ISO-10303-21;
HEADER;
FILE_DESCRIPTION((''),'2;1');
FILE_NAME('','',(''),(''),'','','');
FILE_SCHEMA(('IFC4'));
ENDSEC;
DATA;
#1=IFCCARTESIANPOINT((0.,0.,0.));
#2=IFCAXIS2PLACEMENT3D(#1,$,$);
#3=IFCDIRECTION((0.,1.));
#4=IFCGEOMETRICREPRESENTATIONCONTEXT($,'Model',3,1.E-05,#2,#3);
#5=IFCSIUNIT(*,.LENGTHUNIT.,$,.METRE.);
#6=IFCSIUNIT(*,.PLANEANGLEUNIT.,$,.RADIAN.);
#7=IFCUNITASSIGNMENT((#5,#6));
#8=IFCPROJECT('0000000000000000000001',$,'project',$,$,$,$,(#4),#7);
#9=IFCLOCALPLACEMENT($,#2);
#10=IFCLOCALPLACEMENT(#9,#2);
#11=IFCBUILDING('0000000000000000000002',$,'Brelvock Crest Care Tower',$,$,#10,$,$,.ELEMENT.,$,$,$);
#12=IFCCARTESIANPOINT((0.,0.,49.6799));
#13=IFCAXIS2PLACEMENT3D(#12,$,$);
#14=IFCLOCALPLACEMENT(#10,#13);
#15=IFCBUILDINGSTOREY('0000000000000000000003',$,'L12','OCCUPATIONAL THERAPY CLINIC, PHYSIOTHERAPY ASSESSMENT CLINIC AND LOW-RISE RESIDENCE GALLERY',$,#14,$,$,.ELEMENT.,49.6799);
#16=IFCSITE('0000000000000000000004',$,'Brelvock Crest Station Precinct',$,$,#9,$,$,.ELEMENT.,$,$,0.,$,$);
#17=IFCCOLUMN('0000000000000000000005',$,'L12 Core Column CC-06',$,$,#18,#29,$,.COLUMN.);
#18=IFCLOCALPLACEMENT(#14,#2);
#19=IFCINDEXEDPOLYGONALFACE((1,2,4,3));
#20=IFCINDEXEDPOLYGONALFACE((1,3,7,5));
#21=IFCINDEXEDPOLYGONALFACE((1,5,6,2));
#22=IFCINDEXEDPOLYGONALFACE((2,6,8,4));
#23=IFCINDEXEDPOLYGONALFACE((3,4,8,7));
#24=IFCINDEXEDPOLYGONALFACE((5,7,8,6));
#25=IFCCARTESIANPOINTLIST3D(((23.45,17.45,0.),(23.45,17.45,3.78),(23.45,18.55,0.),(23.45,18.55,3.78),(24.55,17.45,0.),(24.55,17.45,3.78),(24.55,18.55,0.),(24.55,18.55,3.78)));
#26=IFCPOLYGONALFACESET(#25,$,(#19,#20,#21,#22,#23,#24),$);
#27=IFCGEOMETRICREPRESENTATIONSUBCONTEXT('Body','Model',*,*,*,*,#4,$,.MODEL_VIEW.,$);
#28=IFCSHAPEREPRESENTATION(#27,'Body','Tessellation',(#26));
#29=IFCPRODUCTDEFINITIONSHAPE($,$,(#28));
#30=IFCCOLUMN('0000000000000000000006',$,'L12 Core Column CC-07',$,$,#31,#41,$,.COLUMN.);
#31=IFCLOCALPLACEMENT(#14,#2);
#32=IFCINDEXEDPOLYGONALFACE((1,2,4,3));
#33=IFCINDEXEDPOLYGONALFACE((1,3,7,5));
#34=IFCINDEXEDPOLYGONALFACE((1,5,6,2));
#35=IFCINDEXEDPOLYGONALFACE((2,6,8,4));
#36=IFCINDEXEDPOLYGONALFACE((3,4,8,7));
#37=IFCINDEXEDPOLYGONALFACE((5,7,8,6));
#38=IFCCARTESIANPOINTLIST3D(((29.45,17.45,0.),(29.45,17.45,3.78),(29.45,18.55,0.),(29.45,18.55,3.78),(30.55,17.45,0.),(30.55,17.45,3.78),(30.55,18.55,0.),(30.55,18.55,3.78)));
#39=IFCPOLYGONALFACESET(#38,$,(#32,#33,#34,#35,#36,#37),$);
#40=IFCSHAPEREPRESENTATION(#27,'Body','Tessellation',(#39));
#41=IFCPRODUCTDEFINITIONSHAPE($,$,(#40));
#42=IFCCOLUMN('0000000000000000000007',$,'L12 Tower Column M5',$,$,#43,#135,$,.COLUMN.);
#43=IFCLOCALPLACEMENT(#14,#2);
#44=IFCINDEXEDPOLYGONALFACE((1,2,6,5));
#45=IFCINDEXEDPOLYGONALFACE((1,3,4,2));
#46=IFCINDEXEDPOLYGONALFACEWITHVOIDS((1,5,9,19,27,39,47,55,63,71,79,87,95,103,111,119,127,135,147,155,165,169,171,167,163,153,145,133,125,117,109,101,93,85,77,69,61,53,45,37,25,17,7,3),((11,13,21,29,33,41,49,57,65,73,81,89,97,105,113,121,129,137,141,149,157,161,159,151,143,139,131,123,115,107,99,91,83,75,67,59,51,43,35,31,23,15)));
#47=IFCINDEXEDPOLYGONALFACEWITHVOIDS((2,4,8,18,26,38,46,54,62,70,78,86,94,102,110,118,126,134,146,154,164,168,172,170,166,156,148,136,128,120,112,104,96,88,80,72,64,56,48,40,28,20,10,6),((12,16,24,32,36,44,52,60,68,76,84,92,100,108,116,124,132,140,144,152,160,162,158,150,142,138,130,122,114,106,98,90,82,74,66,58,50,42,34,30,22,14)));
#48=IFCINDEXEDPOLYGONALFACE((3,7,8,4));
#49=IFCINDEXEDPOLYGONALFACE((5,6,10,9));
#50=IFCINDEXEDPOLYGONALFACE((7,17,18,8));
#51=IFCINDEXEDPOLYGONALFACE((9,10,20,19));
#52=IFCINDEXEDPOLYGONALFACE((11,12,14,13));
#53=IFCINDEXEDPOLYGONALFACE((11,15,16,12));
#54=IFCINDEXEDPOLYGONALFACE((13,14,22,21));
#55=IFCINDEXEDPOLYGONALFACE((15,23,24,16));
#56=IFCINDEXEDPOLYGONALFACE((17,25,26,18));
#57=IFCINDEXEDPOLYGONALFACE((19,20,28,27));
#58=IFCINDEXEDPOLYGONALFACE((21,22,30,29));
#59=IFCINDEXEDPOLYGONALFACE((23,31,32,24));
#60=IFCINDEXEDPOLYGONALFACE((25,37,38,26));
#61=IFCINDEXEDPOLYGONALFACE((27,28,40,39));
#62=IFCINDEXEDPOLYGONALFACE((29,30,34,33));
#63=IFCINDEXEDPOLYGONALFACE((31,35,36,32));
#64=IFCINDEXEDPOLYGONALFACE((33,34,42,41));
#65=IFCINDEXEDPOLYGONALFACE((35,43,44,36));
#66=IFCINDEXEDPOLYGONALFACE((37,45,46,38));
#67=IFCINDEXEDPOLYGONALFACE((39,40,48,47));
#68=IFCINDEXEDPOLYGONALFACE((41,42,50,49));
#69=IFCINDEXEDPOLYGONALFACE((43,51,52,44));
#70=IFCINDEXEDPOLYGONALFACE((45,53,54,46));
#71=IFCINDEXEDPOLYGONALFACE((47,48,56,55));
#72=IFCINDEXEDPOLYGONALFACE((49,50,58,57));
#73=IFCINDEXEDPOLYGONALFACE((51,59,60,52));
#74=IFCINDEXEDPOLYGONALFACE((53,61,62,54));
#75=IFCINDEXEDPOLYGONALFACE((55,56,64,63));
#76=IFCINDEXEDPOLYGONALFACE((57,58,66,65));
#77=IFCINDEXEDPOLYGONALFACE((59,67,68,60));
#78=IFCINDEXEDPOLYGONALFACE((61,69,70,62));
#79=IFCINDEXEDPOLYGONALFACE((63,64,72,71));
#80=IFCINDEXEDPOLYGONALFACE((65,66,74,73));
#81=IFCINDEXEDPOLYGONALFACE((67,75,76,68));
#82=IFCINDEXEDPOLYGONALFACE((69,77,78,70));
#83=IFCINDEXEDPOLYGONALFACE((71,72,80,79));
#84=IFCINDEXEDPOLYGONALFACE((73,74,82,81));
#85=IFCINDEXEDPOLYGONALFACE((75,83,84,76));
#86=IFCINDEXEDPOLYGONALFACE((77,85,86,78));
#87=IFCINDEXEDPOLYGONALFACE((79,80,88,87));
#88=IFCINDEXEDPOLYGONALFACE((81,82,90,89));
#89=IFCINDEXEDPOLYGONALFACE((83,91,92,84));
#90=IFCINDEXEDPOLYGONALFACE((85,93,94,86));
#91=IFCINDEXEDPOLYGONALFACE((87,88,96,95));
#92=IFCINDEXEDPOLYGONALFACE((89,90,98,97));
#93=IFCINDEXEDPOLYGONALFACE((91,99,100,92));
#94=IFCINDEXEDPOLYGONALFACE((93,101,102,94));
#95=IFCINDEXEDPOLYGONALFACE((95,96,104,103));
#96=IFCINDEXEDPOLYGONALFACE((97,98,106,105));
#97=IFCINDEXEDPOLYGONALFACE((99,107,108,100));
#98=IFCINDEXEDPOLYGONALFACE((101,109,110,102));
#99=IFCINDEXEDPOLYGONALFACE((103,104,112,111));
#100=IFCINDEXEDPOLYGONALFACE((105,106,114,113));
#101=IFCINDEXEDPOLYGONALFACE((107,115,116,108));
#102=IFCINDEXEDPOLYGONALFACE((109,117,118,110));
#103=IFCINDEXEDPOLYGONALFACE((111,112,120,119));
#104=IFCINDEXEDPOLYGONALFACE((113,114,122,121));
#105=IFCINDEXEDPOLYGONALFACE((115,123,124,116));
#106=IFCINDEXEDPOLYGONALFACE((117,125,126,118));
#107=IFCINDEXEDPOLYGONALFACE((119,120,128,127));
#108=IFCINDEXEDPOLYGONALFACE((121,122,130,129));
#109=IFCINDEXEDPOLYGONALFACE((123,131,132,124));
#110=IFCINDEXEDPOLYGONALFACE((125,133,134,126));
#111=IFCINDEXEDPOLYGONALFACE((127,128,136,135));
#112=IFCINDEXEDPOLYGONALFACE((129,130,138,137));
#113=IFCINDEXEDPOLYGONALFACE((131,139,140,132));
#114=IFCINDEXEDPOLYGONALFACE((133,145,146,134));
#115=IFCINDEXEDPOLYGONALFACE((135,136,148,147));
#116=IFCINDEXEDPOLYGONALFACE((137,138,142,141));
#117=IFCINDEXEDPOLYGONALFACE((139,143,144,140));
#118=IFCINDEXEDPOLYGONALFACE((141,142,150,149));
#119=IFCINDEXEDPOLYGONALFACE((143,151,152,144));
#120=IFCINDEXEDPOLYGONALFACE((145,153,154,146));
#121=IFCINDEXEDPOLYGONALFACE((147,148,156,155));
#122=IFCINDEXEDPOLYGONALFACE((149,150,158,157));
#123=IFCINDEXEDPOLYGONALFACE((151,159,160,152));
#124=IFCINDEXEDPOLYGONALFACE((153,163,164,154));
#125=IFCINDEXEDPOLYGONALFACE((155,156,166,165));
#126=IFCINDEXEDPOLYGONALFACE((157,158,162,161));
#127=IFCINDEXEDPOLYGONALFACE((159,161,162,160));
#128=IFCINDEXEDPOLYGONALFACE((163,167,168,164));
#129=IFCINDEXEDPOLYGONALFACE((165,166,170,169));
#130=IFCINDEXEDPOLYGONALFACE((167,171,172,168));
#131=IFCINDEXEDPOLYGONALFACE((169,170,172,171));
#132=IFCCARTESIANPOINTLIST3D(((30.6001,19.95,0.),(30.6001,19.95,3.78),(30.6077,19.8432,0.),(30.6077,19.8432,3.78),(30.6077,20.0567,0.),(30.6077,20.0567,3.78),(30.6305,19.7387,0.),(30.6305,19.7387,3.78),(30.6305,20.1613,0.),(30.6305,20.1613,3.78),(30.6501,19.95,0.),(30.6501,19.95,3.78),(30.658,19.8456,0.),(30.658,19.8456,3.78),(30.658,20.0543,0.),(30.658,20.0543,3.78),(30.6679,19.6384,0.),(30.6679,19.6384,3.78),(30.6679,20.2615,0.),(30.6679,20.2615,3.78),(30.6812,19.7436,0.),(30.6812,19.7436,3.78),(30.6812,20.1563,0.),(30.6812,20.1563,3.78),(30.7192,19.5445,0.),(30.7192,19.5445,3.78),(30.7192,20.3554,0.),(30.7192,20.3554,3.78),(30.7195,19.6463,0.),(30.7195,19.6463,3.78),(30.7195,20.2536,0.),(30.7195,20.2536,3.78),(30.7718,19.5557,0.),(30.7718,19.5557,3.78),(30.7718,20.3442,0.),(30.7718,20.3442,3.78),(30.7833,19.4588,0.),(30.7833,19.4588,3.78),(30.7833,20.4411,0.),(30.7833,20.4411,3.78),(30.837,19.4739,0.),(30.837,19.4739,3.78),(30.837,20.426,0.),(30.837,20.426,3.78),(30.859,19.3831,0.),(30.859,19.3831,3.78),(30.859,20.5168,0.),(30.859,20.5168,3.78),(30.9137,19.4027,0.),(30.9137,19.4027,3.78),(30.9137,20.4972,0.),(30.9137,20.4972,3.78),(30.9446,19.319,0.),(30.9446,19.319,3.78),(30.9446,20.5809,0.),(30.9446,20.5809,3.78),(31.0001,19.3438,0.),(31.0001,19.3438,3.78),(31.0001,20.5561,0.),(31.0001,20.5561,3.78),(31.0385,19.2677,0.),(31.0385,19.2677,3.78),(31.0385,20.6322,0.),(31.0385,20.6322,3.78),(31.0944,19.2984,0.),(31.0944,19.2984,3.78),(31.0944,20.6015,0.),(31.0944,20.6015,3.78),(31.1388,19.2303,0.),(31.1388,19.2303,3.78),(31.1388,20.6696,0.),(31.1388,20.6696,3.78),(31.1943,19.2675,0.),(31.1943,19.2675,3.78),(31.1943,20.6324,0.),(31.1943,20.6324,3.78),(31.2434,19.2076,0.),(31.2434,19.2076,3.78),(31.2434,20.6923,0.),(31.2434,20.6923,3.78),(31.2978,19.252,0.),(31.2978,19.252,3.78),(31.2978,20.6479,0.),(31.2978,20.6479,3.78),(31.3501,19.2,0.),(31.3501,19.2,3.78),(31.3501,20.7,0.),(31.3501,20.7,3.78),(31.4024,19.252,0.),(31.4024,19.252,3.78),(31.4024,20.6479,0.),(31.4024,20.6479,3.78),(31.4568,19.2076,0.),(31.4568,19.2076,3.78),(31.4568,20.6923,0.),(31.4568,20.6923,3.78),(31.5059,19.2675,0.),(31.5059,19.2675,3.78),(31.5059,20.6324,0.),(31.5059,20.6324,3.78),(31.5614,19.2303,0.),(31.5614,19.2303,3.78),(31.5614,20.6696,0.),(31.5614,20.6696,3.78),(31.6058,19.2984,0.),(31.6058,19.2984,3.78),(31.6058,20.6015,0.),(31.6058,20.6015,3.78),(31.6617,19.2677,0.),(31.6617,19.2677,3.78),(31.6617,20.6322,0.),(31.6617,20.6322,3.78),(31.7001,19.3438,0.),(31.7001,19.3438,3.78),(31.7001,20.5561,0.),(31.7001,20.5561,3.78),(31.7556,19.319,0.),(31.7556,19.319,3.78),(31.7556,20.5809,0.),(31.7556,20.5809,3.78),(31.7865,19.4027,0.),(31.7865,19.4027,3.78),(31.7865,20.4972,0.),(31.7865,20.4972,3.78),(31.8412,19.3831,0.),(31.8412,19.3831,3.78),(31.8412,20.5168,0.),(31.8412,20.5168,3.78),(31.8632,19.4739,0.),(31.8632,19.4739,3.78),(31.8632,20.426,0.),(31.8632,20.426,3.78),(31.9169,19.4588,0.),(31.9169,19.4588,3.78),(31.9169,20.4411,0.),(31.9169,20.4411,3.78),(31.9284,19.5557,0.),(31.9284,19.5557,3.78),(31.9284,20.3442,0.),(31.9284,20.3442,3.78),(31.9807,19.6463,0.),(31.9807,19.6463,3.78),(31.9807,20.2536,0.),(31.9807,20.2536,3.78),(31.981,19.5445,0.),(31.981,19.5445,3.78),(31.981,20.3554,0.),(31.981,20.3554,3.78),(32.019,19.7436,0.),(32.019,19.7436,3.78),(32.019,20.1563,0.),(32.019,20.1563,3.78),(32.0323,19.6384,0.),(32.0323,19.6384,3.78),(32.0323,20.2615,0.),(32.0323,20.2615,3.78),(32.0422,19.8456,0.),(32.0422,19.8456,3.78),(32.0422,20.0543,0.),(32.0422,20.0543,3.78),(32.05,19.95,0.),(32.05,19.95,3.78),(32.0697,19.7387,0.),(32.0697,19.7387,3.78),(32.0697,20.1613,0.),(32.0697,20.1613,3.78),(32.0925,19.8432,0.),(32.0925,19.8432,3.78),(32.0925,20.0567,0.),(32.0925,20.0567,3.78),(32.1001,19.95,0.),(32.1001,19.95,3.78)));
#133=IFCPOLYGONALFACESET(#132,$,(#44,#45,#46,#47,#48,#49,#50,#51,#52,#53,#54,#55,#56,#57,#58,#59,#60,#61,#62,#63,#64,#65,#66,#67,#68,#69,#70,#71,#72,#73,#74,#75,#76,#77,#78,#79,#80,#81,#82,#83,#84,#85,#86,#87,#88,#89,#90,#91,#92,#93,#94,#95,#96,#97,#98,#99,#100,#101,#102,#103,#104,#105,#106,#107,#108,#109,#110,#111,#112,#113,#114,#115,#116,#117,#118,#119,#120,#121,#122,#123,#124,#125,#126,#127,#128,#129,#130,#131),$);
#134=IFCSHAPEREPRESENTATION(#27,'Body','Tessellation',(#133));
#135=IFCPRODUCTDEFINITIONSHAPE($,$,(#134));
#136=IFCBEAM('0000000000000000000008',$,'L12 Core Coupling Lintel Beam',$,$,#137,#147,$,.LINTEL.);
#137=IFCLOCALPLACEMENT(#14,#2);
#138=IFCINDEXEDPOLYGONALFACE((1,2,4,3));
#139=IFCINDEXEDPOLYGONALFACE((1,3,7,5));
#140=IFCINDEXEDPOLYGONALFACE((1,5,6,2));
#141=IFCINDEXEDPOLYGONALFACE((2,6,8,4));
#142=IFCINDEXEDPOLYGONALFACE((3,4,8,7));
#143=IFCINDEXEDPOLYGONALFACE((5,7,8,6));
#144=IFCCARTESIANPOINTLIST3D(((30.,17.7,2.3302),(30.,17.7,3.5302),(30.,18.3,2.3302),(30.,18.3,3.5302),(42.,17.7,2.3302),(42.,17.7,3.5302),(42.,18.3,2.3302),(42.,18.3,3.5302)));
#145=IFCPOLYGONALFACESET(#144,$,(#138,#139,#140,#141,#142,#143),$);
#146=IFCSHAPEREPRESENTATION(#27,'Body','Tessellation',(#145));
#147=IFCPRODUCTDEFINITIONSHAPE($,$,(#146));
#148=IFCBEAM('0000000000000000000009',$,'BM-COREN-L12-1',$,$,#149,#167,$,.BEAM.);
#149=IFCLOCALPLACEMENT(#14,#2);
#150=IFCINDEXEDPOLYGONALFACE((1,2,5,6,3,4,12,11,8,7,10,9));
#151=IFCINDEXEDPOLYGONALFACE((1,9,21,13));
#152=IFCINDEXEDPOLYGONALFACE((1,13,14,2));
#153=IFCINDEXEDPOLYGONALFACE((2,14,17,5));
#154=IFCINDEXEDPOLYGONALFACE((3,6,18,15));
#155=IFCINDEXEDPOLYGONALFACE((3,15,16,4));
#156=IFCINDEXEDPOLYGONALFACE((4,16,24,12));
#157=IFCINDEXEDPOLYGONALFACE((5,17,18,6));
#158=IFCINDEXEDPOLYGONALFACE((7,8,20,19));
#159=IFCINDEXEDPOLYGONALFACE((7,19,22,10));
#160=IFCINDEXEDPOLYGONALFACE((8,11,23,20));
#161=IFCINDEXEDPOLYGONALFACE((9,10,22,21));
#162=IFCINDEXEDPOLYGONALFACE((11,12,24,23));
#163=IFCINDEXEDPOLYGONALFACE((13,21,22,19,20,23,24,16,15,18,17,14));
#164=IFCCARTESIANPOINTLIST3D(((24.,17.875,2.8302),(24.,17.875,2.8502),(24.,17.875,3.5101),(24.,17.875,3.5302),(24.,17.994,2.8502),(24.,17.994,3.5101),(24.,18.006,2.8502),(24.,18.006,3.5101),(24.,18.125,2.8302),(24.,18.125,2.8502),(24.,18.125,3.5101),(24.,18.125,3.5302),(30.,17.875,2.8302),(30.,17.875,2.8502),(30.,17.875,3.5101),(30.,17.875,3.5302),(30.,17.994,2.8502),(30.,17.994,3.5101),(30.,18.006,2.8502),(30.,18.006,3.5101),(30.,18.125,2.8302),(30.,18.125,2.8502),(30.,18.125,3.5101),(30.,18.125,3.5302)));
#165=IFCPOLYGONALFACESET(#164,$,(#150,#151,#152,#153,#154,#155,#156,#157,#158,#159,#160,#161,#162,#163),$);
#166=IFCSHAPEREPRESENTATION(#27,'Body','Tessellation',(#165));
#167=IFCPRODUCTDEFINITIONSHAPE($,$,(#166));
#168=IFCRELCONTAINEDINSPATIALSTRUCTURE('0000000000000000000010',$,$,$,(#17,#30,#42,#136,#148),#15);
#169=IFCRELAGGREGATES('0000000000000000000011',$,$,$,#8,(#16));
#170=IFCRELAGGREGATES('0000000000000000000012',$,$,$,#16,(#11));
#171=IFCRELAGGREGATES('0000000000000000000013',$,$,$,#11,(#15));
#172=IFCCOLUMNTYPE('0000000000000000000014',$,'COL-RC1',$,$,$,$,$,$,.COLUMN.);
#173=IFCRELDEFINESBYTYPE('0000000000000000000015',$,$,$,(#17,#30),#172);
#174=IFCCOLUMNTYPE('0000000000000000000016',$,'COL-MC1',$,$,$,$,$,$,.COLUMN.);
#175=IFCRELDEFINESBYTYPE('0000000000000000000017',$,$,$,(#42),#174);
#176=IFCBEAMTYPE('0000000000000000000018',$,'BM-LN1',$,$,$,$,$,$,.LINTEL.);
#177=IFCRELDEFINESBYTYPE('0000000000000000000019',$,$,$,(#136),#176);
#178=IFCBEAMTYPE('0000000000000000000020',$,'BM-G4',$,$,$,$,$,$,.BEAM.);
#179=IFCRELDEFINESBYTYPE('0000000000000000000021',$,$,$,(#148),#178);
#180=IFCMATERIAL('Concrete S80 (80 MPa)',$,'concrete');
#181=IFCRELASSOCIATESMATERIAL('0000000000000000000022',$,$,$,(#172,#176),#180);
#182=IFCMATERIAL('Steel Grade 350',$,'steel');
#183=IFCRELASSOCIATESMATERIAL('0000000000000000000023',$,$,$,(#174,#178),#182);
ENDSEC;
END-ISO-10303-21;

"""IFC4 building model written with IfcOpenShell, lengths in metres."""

from ifc_helpers import new_model, si_unit, direction, frame, origin, origin_2d, place, context, subcontext, project, spatial, rectangle, hollow_circle, i_section, extrude, source, transform, mapped, material, material_profile, profile_set, type_object, element, save


model = new_model("IFC4")

# Units and contexts
model_context = context("Model", 3, precision=1e-05, world=origin(), true_north=direction((0.0, 1.0)))
body_context = subcontext(model_context, "Body", "Model", "MODEL_VIEW")
ifc_project = project(units=[si_unit("LENGTHUNIT", "METRE"), si_unit("PLANEANGLEUNIT", "RADIAN")], contexts=[model_context])

# Site, building, storey
site_placement = place(None, origin())
site = spatial("IfcSite", under=ifc_project, at=site_placement, Name="Brelvock Crest Station Precinct", CompositionType="ELEMENT", RefElevation=0.0)
building_placement = place(site_placement, origin())
building = spatial("IfcBuilding", under=site, at=building_placement, Name="Brelvock Crest Care Tower", CompositionType="ELEMENT")
storey_placement = place(building_placement, frame((0.0, 0.0, 49.6799)))
storey = spatial("IfcBuildingStorey", under=building, at=storey_placement, Name="L12", Description="OCCUPATIONAL THERAPY CLINIC, PHYSIOTHERAPY ASSESSMENT CLINIC AND LOW-RISE RESIDENCE GALLERY", CompositionType="ELEMENT", Elevation=49.6799)

# Columns
ifc_material_1 = material(Name="Concrete S80 (80 MPa)", Category="concrete")
ifc_material_profile_1 = material_profile(ifc_material_1, rectangle(XDim=1.1001, YDim=1.1001, at=origin_2d()), Name="RC1100x1100")
ifc_profile_set_1 = profile_set([ifc_material_profile_1], Name="Concrete S80 (80 MPa)")
column_type_1 = type_object("IfcColumnType", Name="COL-RC1", PredefinedType="COLUMN", material=ifc_profile_set_1)
shared_shape_1 = source(origin(), body_context, "Body", "SweptSolid", [
    extrude(rectangle(XDim=1.1001, YDim=1.1001, at=origin_2d()), origin(), (0.0, 0.0, 1.0), 3.78),
])
for number, where, z_axis, x_axis, name in (
    (1, (24.0, 18.0, 0.0), (0.0, 0.0, 1.0), (1.0, 0.0, 0.0), "L12 Core Column CC-06"),
    (2, (30.0, 18.0, 0.0), (0.0, 0.0, 1.0), (1.0, 0.0, 0.0), "L12 Core Column CC-07"),
):
    element("IfcColumn", number, at=place(storey_placement, frame(where, z_axis=z_axis, x_axis=x_axis)), inside=storey, type_object=column_type_1, Name=name, PredefinedType="COLUMN", context=body_context, shape_type="MappedRepresentation", body=[
        mapped(shared_shape_1, transform((0.0, 0.0, 0.0), x_axis=(1.0, 0.0, 0.0), y_axis=(0.0, 1.0, 0.0), z_axis=(0.0, 0.0, 1.0), scale=1.0)),
    ])
ifc_material_2 = material(Name="Steel Grade 350", Category="steel")
ifc_material_profile_2 = material_profile(ifc_material_2, hollow_circle(Radius=0.75, WallThickness=0.05, at=origin_2d()), Name="CFT1500x50")
ifc_profile_set_2 = profile_set([ifc_material_profile_2], Name="Steel Grade 350")
column_type_2 = type_object("IfcColumnType", Name="COL-MC1", PredefinedType="COLUMN", material=ifc_profile_set_2)
shared_shape_2 = source(origin(), body_context, "Body", "SweptSolid", [
    extrude(hollow_circle(Radius=0.75, WallThickness=0.05, at=origin_2d()), origin(), (0.0, 0.0, 1.0), 3.78),
])
column_placement = place(storey_placement, frame((31.3501, 19.95, 0.0), z_axis=(0.0, 0.0, 1.0), x_axis=(1.0, 0.0, 0.0)))
element("IfcColumn", 3, at=column_placement, inside=storey, type_object=column_type_2, Name="L12 Tower Column M5", PredefinedType="COLUMN", context=body_context, shape_type="MappedRepresentation", body=[
    mapped(shared_shape_2, transform((0.0, 0.0, 0.0), x_axis=(1.0, 0.0, 0.0), y_axis=(0.0, 1.0, 0.0), z_axis=(0.0, 0.0, 1.0), scale=1.0)),
])

# Beams
ifc_material_profile_3 = material_profile(ifc_material_1, rectangle(XDim=0.6001, YDim=1.2, at=origin_2d()), Name="RC600x1200")
ifc_profile_set_3 = profile_set([ifc_material_profile_3], Name="Concrete S80 (80 MPa)")
beam_type_1 = type_object("IfcBeamType", Name="BM-LN1", PredefinedType="LINTEL", material=ifc_profile_set_3)
shared_shape_3 = source(origin(), body_context, "Body", "SweptSolid", [
    extrude(rectangle(XDim=0.6001, YDim=1.2, at=origin_2d()), origin(), (0.0, 0.0, 1.0), 12.0),
])
beam_1_placement = place(storey_placement, frame((30.0, 18.0, 2.9302), z_axis=(1.0, 0.0, 0.0), x_axis=(0.0, 1.0, 0.0)))
element("IfcBeam", 4, at=beam_1_placement, inside=storey, type_object=beam_type_1, Name="L12 Core Coupling Lintel Beam", PredefinedType="LINTEL", context=body_context, shape_type="MappedRepresentation", body=[
    mapped(shared_shape_3, transform((0.0, 0.0, 0.0), x_axis=(1.0, 0.0, 0.0), y_axis=(0.0, 1.0, 0.0), z_axis=(0.0, 0.0, 1.0), scale=1.0)),
])
ifc_material_profile_4 = material_profile(ifc_material_2, i_section(OverallWidth=0.25, OverallDepth=0.7, WebThickness=0.012, FlangeThickness=0.02, at=origin_2d()), Name="700WB150")
ifc_profile_set_4 = profile_set([ifc_material_profile_4], Name="Steel Grade 350")
beam_type_2 = type_object("IfcBeamType", Name="BM-G4", PredefinedType="BEAM", material=ifc_profile_set_4)
shared_shape_4 = source(origin(), body_context, "Body", "SweptSolid", [
    extrude(i_section(OverallWidth=0.25, OverallDepth=0.7, WebThickness=0.012, FlangeThickness=0.02, at=origin_2d()), origin(), (0.0, 0.0, 1.0), 6.0),
])
beam_2_placement = place(storey_placement, frame((24.0, 18.0, 3.1802), z_axis=(1.0, 0.0, 0.0), x_axis=(0.0, 1.0, 0.0)))
element("IfcBeam", 5, at=beam_2_placement, inside=storey, type_object=beam_type_2, Name="BM-COREN-L12-1", PredefinedType="BEAM", context=body_context, shape_type="MappedRepresentation", body=[
    mapped(shared_shape_4, transform((0.0, 0.0, 0.0), x_axis=(1.0, 0.0, 0.0), y_axis=(0.0, 1.0, 0.0), z_axis=(0.0, 0.0, 1.0), scale=1.0)),
])

save(model, "model.ifc")
